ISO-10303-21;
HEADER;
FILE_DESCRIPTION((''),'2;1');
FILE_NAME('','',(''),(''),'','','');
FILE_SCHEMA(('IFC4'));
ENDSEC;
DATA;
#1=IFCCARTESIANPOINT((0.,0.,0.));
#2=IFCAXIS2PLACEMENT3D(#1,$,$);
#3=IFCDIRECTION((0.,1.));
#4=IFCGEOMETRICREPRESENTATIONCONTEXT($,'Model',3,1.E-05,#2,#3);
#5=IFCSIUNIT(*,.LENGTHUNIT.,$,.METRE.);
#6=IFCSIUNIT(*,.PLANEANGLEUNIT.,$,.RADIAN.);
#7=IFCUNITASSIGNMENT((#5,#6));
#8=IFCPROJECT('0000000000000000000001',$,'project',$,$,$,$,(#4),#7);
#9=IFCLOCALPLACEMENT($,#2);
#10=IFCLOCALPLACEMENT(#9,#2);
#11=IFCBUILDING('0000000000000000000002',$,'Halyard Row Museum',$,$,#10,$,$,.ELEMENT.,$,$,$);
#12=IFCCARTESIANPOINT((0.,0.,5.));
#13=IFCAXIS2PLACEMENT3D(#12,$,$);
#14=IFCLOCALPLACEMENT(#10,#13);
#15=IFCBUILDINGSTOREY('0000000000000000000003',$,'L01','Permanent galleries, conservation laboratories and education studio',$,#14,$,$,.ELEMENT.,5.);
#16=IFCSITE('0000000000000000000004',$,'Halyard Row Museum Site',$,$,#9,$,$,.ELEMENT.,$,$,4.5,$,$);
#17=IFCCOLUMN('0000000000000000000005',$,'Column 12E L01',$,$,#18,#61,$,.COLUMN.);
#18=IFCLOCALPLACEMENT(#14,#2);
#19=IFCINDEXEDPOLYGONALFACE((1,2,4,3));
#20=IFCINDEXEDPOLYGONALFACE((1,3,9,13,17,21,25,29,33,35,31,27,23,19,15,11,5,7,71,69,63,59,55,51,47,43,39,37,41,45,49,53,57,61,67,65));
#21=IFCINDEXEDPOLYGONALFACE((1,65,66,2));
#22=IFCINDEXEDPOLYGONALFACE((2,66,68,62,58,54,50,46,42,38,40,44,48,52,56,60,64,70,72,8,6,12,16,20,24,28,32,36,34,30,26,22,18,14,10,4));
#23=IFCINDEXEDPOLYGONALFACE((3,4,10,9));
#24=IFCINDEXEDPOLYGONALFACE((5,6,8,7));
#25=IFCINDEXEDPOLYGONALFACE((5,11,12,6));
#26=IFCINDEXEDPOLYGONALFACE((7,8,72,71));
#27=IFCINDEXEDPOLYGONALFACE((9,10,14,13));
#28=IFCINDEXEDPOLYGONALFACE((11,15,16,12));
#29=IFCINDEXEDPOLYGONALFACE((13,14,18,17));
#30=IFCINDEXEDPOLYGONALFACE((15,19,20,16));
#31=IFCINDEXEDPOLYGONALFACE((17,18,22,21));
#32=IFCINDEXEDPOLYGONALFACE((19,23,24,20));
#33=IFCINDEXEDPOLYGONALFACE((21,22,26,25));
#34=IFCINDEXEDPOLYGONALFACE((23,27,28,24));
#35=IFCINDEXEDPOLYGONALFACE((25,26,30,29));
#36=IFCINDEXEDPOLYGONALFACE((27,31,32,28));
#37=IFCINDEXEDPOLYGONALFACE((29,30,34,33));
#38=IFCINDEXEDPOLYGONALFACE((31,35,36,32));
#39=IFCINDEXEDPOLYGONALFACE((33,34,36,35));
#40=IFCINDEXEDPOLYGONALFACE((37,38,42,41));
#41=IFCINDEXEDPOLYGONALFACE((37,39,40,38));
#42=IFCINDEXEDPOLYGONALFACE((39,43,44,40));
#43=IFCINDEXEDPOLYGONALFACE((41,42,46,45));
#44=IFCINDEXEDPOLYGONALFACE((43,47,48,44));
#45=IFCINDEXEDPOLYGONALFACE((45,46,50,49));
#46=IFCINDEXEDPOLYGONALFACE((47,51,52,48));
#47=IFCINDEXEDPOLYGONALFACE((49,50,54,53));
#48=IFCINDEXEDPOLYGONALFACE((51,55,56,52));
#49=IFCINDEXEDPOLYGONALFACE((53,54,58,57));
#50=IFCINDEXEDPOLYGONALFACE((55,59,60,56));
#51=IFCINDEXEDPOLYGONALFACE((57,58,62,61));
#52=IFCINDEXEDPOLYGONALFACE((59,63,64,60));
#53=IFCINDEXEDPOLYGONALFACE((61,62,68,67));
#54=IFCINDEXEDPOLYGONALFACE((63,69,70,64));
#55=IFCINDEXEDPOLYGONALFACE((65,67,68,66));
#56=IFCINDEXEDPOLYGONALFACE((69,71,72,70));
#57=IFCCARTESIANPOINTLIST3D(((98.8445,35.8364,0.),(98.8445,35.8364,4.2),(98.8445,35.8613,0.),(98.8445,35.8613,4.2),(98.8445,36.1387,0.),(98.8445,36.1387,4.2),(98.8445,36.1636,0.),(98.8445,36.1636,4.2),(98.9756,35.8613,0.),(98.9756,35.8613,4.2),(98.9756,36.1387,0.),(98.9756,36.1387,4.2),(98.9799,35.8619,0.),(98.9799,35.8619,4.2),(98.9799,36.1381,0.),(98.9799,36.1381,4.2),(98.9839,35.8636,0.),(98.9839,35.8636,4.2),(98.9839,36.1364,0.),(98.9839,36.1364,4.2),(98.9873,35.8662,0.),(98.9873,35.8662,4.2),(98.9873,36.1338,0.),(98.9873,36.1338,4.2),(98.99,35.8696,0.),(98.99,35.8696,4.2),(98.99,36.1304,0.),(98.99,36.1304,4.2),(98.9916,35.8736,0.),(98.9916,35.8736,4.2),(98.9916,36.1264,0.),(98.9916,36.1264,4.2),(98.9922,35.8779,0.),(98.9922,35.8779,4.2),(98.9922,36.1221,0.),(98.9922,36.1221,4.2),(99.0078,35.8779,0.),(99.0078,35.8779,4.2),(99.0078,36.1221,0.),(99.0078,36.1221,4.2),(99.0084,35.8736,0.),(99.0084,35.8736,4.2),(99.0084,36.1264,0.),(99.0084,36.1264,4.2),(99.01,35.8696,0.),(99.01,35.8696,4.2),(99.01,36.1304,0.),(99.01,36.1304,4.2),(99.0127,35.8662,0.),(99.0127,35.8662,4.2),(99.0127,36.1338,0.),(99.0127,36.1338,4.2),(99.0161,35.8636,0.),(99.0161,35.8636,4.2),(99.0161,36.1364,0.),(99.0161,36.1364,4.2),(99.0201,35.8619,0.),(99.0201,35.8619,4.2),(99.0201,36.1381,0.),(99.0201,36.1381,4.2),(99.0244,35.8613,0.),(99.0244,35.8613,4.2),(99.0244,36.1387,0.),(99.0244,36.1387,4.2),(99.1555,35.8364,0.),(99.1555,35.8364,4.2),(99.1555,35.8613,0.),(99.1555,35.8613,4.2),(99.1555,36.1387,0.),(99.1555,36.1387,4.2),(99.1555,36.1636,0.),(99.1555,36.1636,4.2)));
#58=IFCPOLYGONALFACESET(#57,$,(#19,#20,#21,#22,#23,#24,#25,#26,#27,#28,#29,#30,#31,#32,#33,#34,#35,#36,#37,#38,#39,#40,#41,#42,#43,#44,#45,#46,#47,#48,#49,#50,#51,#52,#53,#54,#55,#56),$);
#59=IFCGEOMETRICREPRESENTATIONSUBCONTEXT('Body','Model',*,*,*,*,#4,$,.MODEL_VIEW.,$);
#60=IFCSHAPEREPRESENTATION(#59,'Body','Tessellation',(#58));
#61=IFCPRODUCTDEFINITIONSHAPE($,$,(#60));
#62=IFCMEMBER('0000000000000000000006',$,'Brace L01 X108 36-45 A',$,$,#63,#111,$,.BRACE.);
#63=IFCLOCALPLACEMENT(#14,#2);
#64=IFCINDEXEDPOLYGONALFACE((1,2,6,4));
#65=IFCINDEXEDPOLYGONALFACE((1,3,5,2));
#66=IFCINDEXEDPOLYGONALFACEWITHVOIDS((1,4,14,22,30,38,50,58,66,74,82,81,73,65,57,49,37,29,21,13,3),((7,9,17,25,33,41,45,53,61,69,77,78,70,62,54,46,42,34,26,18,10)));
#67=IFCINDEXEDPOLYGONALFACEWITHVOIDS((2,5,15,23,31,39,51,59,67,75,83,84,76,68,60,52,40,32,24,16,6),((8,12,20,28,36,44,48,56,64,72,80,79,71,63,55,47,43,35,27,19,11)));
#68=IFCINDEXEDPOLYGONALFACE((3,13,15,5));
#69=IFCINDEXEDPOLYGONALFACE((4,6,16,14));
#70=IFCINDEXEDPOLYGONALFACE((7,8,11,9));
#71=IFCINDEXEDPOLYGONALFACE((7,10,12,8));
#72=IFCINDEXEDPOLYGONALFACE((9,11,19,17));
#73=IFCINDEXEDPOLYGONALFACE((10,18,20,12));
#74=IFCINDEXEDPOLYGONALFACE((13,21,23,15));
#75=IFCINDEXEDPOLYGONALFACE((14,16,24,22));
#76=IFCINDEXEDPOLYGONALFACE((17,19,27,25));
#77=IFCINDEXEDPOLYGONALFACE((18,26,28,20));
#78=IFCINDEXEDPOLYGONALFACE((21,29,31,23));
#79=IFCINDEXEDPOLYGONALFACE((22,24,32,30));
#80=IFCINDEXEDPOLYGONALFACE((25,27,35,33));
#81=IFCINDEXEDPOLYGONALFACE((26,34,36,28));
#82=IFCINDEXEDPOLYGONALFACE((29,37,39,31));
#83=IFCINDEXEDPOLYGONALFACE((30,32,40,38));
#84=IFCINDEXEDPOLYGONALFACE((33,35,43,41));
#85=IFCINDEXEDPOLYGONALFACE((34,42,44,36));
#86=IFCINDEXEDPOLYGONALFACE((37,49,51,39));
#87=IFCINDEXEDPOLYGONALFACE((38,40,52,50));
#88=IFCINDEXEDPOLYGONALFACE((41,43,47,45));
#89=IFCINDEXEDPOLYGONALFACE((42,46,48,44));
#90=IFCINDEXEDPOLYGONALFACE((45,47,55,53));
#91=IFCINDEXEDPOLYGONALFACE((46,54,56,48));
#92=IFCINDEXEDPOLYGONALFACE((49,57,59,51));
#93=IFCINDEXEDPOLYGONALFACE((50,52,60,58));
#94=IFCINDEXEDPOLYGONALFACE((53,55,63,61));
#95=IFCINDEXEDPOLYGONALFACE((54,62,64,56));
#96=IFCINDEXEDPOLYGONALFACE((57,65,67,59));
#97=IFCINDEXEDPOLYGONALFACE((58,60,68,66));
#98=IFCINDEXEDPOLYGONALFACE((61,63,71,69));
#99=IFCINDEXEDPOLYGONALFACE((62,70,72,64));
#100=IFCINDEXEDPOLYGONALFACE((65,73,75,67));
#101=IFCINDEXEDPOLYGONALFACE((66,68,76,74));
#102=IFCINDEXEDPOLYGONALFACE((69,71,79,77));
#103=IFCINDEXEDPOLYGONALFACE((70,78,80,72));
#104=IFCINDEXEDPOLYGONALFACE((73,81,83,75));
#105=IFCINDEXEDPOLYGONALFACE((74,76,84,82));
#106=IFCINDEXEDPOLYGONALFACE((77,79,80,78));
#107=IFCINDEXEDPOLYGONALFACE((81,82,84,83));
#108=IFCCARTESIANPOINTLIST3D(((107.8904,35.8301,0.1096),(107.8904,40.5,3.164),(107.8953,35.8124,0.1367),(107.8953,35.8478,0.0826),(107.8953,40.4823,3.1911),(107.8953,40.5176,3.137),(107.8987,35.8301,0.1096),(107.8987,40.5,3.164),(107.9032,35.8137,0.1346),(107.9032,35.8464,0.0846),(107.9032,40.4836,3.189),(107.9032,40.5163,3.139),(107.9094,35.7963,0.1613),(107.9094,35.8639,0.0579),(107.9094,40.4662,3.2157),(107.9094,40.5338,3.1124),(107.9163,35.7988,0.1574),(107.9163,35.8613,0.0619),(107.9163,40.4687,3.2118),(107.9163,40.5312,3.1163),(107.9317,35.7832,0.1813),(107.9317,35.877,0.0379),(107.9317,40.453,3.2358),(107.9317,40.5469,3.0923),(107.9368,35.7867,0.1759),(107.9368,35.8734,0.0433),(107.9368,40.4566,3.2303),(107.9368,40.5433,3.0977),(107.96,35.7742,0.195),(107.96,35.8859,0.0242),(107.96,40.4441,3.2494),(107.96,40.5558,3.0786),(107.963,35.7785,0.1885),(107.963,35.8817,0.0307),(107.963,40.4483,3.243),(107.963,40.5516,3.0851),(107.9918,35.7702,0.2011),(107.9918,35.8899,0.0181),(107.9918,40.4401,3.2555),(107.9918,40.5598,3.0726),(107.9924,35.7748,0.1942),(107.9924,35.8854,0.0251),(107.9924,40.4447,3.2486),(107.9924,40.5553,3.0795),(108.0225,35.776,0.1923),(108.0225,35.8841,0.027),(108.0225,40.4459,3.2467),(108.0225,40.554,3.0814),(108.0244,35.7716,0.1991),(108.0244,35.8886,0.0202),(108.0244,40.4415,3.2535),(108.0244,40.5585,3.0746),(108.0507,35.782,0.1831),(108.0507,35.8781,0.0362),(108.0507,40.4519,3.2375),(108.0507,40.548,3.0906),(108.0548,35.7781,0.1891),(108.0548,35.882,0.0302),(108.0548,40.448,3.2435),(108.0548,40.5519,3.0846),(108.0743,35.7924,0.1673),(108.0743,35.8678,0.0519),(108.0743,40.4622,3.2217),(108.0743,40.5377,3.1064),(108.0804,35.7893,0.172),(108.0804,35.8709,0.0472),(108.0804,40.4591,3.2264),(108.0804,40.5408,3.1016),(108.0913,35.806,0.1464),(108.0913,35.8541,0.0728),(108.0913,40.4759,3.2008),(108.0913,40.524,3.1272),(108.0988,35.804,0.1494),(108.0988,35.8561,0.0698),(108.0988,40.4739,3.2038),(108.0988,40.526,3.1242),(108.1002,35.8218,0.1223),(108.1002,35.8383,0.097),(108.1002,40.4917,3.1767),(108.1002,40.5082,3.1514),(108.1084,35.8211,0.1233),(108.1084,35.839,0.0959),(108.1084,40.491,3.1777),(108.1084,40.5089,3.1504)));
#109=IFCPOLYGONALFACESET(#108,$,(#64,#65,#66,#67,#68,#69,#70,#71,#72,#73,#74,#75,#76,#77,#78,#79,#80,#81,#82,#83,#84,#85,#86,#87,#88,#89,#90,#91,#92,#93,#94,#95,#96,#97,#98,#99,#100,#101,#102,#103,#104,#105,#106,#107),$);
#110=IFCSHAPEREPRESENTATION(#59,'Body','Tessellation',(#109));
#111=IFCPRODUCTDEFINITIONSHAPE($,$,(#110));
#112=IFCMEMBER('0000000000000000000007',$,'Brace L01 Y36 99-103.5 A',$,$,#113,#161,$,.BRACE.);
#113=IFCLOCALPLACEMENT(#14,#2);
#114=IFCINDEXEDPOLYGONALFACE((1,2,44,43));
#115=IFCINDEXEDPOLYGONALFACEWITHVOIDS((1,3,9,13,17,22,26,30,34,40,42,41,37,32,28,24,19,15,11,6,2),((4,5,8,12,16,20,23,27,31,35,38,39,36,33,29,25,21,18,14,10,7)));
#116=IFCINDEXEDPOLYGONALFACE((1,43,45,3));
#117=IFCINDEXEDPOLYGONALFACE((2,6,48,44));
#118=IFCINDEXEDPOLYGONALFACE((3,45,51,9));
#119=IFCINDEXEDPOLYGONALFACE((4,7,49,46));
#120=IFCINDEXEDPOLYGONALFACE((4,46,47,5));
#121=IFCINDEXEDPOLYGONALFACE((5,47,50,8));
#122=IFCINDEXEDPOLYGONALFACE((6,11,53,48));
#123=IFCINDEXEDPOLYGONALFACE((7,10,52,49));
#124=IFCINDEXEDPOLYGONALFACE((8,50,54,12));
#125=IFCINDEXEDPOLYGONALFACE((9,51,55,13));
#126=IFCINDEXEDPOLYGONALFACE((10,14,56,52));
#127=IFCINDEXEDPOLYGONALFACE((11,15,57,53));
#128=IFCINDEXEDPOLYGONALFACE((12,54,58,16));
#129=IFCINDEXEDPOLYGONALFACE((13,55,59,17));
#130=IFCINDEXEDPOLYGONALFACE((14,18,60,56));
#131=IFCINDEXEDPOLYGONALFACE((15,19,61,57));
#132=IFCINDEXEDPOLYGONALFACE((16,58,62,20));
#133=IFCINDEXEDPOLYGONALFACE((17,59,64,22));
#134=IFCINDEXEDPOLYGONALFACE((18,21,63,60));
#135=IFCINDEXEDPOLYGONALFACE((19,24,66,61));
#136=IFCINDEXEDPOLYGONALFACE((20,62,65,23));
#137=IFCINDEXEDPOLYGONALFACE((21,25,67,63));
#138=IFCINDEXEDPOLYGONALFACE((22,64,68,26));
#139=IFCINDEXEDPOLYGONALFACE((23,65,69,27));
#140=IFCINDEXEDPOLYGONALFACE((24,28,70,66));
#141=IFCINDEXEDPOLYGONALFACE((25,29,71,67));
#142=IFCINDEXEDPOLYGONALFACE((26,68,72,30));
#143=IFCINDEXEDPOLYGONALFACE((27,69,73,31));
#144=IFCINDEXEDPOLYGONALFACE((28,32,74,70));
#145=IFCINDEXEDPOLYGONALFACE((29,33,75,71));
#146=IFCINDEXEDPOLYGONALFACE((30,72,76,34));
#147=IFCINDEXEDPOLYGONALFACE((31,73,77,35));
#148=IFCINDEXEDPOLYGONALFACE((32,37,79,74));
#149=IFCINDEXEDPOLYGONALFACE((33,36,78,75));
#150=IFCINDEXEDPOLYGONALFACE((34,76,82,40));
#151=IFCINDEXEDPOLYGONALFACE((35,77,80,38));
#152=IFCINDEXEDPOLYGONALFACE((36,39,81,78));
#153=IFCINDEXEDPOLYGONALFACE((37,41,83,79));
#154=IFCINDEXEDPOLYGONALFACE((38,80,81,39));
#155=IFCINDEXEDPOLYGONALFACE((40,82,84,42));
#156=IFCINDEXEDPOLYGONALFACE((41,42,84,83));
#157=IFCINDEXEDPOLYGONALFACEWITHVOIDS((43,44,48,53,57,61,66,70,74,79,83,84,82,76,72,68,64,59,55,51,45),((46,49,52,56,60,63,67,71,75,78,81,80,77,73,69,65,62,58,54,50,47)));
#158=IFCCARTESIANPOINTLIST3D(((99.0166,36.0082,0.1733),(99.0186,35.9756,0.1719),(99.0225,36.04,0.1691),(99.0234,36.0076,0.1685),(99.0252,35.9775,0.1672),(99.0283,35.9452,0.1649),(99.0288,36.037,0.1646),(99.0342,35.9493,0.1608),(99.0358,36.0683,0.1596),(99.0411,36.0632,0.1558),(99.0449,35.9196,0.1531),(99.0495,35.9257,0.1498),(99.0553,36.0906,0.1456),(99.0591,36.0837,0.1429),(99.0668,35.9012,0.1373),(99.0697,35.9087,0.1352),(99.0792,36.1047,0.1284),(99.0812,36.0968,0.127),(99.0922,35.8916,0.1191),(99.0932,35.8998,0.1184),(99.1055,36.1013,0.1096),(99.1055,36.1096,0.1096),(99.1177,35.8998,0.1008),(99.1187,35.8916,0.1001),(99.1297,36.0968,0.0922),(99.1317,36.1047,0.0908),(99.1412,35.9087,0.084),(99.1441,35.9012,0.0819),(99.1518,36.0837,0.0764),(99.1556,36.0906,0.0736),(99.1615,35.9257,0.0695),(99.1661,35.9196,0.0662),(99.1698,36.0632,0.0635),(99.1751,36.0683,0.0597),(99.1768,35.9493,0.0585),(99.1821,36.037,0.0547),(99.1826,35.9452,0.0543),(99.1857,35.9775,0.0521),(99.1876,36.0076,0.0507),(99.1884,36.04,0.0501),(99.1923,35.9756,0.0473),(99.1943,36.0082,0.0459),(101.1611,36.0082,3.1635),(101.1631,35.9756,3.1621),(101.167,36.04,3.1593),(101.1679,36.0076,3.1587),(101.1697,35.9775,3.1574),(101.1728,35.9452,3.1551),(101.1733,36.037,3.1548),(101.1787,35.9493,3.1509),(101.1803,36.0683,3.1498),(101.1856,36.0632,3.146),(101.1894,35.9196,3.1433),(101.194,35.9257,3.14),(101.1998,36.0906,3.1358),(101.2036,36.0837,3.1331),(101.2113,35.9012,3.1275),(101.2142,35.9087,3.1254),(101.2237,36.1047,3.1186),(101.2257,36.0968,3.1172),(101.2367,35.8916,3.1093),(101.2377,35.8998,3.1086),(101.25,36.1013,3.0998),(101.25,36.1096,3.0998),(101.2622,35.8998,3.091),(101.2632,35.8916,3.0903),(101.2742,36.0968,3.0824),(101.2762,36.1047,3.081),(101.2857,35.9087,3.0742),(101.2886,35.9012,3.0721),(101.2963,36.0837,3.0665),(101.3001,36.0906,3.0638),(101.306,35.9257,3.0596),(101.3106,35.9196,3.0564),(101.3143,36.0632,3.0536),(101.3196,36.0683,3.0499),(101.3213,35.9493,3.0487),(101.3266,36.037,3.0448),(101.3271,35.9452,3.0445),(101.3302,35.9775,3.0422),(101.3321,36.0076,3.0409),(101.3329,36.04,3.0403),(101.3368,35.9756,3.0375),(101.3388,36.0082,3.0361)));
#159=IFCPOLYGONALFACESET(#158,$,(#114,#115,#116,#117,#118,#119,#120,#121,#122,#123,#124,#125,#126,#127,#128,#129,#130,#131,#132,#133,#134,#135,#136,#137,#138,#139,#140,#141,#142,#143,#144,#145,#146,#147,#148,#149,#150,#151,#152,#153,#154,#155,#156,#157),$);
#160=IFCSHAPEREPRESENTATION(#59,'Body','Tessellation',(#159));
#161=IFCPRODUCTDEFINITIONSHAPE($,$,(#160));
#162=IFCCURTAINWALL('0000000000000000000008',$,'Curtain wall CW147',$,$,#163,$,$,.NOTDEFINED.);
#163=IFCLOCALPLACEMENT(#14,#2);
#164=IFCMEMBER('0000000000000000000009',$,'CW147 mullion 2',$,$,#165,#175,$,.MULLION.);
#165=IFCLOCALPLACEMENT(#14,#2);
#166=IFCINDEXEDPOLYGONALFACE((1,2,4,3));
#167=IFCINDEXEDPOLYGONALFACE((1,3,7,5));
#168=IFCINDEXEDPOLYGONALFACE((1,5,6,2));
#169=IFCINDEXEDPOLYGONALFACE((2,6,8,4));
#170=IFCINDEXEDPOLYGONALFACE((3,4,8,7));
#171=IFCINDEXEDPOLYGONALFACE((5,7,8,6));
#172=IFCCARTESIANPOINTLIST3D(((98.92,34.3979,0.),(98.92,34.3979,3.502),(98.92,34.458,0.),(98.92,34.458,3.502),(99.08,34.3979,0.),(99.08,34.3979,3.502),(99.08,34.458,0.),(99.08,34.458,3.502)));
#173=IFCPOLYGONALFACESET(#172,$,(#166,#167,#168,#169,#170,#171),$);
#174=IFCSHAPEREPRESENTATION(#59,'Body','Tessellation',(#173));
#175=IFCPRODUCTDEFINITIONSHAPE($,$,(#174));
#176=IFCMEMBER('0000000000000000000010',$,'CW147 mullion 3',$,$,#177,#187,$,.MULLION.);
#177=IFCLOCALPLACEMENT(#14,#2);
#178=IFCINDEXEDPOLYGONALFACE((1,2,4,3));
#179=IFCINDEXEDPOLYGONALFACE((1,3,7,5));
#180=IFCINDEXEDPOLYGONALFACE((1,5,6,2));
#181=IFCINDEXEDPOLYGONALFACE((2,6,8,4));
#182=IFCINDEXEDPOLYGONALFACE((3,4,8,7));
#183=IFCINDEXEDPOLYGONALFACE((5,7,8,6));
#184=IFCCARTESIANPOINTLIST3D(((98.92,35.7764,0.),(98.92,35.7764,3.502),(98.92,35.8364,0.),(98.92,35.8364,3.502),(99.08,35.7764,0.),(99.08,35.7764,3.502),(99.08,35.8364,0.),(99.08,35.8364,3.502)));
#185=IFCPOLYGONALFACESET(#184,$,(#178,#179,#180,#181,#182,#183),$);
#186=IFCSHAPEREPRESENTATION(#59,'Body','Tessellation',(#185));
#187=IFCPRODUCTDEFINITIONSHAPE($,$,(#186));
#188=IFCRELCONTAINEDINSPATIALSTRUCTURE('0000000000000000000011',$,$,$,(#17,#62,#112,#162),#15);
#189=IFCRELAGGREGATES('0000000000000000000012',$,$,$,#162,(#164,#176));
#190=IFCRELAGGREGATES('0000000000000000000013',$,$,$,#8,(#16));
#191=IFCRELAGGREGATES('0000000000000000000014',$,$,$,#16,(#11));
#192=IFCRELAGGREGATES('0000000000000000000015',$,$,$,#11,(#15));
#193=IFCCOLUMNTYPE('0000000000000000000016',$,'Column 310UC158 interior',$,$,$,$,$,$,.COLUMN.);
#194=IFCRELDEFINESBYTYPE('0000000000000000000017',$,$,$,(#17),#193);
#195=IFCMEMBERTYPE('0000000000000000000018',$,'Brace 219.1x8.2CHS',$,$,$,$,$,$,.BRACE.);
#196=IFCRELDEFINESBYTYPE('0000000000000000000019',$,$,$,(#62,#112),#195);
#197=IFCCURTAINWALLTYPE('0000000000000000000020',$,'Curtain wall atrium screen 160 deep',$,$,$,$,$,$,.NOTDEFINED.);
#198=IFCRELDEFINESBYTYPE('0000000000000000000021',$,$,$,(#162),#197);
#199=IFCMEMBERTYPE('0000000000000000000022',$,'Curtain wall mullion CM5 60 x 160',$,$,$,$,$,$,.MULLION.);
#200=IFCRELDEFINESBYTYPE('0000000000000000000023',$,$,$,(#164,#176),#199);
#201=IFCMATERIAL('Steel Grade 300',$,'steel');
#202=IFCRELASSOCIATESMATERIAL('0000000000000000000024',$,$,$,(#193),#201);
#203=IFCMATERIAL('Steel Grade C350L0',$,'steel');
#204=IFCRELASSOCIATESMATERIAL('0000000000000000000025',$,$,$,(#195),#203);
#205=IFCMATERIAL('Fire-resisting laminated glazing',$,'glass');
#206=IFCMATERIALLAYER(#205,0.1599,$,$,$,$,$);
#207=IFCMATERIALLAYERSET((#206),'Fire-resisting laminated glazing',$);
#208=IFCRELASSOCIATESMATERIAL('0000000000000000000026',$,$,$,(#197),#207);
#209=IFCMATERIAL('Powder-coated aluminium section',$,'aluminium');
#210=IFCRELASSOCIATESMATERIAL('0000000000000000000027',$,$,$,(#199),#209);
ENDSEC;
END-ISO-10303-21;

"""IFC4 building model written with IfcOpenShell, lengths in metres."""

from ifc_helpers import new_model, si_unit, direction, frame, origin, origin_2d, place, context, subcontext, project, spatial, rectangle, hollow_circle, i_section, extrude, material, layer, layer_set, material_profile, profile_set, type_object, element, aggregate, save


model = new_model("IFC4")

# Units and contexts
model_context = context("Model", 3, precision=1e-05, world=origin(), true_north=direction((0.0, 1.0)))
body_context = subcontext(model_context, "Body", "Model", "MODEL_VIEW")
ifc_project = project(units=[si_unit("LENGTHUNIT", "METRE"), si_unit("PLANEANGLEUNIT", "RADIAN")], contexts=[model_context])

# Site, building, storey
site_placement = place(None, origin())
site = spatial("IfcSite", under=ifc_project, at=site_placement, Name="Halyard Row Museum Site", CompositionType="ELEMENT", RefElevation=4.5)
building_placement = place(site_placement, origin())
building = spatial("IfcBuilding", under=site, at=building_placement, Name="Halyard Row Museum", CompositionType="ELEMENT")
storey_placement = place(building_placement, frame((0.0, 0.0, 5.0)))
storey = spatial("IfcBuildingStorey", under=building, at=storey_placement, Name="L01", Description="Permanent galleries, conservation laboratories and education studio", CompositionType="ELEMENT", Elevation=5.0)

# Column
ifc_material_1 = material(Name="Steel Grade 300", Category="steel")
ifc_material_profile_1 = material_profile(ifc_material_1, i_section(OverallWidth=0.311, OverallDepth=0.3271, WebThickness=0.0156, FlangeThickness=0.0249, FilletRadius=0.0166, at=origin_2d()), Name="310UC158")
ifc_profile_set_1 = profile_set([ifc_material_profile_1], Name="Steel Grade 300")
column_type = type_object("IfcColumnType", Name="Column 310UC158 interior", PredefinedType="COLUMN", material=ifc_profile_set_1)
column_placement = place(storey_placement, frame((99.0, 36.0, 0.0), z_axis=(0.0, 0.0, 1.0), x_axis=(1.0, 0.0, 0.0)))
element("IfcColumn", 1, at=column_placement, inside=storey, type_object=column_type, Name="Column 12E L01", PredefinedType="COLUMN", context=body_context, shape_type="SweptSolid", body=[
    extrude(i_section(OverallWidth=0.311, OverallDepth=0.3271, WebThickness=0.0156, FlangeThickness=0.0249, FilletRadius=0.0166, at=origin_2d()), origin(), (0.0, 0.0, 1.0), 4.2),
])

# Members
ifc_material_2 = material(Name="Steel Grade C350L0", Category="steel")
ifc_material_profile_2 = material_profile(ifc_material_2, hollow_circle(Radius=0.1096, WallThickness=0.0083, at=origin_2d()), Name="219.1x8.2CHS")
ifc_profile_set_2 = profile_set([ifc_material_profile_2], Name="Steel Grade C350L0")
member_type_1 = type_object("IfcMemberType", Name="Brace 219.1x8.2CHS", PredefinedType="BRACE", material=ifc_profile_set_2)
member_1_placement = place(storey_placement, frame((108.0, 35.8301, 0.1096), z_axis=(0.0, 0.836885, 0.547379), x_axis=(-1.0, 0.0, 0.0)))
element("IfcMember", 2, at=member_1_placement, inside=storey, type_object=member_type_1, Name="Brace L01 X108 36-45 A", PredefinedType="BRACE", context=body_context, shape_type="SweptSolid", body=[
    extrude(hollow_circle(Radius=0.1096, WallThickness=0.0083, at=origin_2d()), origin(), (0.0, 0.0, 1.0), 5.5801),
])
member_2_placement = place(storey_placement, frame((99.1055, 36.0, 0.1096), z_axis=(0.582794, 0.0, 0.81262), x_axis=(0.0, 1.0, 0.0)))
element("IfcMember", 3, at=member_2_placement, inside=storey, type_object=member_type_1, Name="Brace L01 Y36 99-103.5 A", PredefinedType="BRACE", context=body_context, shape_type="SweptSolid", body=[
    extrude(hollow_circle(Radius=0.1096, WallThickness=0.0083, at=origin_2d()), origin(), (0.0, 0.0, 1.0), 3.6797),
])

# Curtain wall, members
ifc_material_3 = material(Name="Fire-resisting laminated glazing", Category="glass")
ifc_layer_1 = layer(ifc_material_3, 0.1599)
ifc_layer_set_1 = layer_set([ifc_layer_1], Name="Fire-resisting laminated glazing")
curtain_wall_type = type_object("IfcCurtainWallType", Name="Curtain wall atrium screen 160 deep", PredefinedType="NOTDEFINED", material=ifc_layer_set_1)
curtain_wall_placement = place(storey_placement, origin())
curtain_wall = element("IfcCurtainWall", 4, at=curtain_wall_placement, inside=storey, type_object=curtain_wall_type, Name="Curtain wall CW147", PredefinedType="NOTDEFINED")
ifc_material_4 = material(Name="Powder-coated aluminium section", Category="aluminium")
ifc_material_profile_3 = material_profile(ifc_material_4, rectangle(XDim=0.1599, YDim=0.0601, at=origin_2d()), Name="160x60 mullion")
ifc_profile_set_3 = profile_set([ifc_material_profile_3], Name="Powder-coated aluminium section")
member_type_2 = type_object("IfcMemberType", Name="Curtain wall mullion CM5 60 x 160", PredefinedType="MULLION", material=ifc_profile_set_3)
member_3_placement = place(storey_placement, frame((99.0, 34.428, 0.0), z_axis=(0.0, 0.0, 1.0), x_axis=(-1.0, 0.0, 0.0)))
member_3 = element("IfcMember", 5, at=member_3_placement, type_object=member_type_2, Name="CW147 mullion 2", PredefinedType="MULLION", context=body_context, shape_type="SweptSolid", body=[
    extrude(rectangle(XDim=0.1599, YDim=0.0601, at=origin_2d()), origin(), (0.0, 0.0, 1.0), 3.502),
])
member_4_placement = place(storey_placement, frame((99.0, 35.8064, 0.0), z_axis=(0.0, 0.0, 1.0), x_axis=(-1.0, 0.0, 0.0)))
member_4 = element("IfcMember", 6, at=member_4_placement, type_object=member_type_2, Name="CW147 mullion 3", PredefinedType="MULLION", context=body_context, shape_type="SweptSolid", body=[
    extrude(rectangle(XDim=0.1599, YDim=0.0601, at=origin_2d()), origin(), (0.0, 0.0, 1.0), 3.502),
])

aggregate(curtain_wall, [member_3, member_4])

save(model, "model.ifc")
